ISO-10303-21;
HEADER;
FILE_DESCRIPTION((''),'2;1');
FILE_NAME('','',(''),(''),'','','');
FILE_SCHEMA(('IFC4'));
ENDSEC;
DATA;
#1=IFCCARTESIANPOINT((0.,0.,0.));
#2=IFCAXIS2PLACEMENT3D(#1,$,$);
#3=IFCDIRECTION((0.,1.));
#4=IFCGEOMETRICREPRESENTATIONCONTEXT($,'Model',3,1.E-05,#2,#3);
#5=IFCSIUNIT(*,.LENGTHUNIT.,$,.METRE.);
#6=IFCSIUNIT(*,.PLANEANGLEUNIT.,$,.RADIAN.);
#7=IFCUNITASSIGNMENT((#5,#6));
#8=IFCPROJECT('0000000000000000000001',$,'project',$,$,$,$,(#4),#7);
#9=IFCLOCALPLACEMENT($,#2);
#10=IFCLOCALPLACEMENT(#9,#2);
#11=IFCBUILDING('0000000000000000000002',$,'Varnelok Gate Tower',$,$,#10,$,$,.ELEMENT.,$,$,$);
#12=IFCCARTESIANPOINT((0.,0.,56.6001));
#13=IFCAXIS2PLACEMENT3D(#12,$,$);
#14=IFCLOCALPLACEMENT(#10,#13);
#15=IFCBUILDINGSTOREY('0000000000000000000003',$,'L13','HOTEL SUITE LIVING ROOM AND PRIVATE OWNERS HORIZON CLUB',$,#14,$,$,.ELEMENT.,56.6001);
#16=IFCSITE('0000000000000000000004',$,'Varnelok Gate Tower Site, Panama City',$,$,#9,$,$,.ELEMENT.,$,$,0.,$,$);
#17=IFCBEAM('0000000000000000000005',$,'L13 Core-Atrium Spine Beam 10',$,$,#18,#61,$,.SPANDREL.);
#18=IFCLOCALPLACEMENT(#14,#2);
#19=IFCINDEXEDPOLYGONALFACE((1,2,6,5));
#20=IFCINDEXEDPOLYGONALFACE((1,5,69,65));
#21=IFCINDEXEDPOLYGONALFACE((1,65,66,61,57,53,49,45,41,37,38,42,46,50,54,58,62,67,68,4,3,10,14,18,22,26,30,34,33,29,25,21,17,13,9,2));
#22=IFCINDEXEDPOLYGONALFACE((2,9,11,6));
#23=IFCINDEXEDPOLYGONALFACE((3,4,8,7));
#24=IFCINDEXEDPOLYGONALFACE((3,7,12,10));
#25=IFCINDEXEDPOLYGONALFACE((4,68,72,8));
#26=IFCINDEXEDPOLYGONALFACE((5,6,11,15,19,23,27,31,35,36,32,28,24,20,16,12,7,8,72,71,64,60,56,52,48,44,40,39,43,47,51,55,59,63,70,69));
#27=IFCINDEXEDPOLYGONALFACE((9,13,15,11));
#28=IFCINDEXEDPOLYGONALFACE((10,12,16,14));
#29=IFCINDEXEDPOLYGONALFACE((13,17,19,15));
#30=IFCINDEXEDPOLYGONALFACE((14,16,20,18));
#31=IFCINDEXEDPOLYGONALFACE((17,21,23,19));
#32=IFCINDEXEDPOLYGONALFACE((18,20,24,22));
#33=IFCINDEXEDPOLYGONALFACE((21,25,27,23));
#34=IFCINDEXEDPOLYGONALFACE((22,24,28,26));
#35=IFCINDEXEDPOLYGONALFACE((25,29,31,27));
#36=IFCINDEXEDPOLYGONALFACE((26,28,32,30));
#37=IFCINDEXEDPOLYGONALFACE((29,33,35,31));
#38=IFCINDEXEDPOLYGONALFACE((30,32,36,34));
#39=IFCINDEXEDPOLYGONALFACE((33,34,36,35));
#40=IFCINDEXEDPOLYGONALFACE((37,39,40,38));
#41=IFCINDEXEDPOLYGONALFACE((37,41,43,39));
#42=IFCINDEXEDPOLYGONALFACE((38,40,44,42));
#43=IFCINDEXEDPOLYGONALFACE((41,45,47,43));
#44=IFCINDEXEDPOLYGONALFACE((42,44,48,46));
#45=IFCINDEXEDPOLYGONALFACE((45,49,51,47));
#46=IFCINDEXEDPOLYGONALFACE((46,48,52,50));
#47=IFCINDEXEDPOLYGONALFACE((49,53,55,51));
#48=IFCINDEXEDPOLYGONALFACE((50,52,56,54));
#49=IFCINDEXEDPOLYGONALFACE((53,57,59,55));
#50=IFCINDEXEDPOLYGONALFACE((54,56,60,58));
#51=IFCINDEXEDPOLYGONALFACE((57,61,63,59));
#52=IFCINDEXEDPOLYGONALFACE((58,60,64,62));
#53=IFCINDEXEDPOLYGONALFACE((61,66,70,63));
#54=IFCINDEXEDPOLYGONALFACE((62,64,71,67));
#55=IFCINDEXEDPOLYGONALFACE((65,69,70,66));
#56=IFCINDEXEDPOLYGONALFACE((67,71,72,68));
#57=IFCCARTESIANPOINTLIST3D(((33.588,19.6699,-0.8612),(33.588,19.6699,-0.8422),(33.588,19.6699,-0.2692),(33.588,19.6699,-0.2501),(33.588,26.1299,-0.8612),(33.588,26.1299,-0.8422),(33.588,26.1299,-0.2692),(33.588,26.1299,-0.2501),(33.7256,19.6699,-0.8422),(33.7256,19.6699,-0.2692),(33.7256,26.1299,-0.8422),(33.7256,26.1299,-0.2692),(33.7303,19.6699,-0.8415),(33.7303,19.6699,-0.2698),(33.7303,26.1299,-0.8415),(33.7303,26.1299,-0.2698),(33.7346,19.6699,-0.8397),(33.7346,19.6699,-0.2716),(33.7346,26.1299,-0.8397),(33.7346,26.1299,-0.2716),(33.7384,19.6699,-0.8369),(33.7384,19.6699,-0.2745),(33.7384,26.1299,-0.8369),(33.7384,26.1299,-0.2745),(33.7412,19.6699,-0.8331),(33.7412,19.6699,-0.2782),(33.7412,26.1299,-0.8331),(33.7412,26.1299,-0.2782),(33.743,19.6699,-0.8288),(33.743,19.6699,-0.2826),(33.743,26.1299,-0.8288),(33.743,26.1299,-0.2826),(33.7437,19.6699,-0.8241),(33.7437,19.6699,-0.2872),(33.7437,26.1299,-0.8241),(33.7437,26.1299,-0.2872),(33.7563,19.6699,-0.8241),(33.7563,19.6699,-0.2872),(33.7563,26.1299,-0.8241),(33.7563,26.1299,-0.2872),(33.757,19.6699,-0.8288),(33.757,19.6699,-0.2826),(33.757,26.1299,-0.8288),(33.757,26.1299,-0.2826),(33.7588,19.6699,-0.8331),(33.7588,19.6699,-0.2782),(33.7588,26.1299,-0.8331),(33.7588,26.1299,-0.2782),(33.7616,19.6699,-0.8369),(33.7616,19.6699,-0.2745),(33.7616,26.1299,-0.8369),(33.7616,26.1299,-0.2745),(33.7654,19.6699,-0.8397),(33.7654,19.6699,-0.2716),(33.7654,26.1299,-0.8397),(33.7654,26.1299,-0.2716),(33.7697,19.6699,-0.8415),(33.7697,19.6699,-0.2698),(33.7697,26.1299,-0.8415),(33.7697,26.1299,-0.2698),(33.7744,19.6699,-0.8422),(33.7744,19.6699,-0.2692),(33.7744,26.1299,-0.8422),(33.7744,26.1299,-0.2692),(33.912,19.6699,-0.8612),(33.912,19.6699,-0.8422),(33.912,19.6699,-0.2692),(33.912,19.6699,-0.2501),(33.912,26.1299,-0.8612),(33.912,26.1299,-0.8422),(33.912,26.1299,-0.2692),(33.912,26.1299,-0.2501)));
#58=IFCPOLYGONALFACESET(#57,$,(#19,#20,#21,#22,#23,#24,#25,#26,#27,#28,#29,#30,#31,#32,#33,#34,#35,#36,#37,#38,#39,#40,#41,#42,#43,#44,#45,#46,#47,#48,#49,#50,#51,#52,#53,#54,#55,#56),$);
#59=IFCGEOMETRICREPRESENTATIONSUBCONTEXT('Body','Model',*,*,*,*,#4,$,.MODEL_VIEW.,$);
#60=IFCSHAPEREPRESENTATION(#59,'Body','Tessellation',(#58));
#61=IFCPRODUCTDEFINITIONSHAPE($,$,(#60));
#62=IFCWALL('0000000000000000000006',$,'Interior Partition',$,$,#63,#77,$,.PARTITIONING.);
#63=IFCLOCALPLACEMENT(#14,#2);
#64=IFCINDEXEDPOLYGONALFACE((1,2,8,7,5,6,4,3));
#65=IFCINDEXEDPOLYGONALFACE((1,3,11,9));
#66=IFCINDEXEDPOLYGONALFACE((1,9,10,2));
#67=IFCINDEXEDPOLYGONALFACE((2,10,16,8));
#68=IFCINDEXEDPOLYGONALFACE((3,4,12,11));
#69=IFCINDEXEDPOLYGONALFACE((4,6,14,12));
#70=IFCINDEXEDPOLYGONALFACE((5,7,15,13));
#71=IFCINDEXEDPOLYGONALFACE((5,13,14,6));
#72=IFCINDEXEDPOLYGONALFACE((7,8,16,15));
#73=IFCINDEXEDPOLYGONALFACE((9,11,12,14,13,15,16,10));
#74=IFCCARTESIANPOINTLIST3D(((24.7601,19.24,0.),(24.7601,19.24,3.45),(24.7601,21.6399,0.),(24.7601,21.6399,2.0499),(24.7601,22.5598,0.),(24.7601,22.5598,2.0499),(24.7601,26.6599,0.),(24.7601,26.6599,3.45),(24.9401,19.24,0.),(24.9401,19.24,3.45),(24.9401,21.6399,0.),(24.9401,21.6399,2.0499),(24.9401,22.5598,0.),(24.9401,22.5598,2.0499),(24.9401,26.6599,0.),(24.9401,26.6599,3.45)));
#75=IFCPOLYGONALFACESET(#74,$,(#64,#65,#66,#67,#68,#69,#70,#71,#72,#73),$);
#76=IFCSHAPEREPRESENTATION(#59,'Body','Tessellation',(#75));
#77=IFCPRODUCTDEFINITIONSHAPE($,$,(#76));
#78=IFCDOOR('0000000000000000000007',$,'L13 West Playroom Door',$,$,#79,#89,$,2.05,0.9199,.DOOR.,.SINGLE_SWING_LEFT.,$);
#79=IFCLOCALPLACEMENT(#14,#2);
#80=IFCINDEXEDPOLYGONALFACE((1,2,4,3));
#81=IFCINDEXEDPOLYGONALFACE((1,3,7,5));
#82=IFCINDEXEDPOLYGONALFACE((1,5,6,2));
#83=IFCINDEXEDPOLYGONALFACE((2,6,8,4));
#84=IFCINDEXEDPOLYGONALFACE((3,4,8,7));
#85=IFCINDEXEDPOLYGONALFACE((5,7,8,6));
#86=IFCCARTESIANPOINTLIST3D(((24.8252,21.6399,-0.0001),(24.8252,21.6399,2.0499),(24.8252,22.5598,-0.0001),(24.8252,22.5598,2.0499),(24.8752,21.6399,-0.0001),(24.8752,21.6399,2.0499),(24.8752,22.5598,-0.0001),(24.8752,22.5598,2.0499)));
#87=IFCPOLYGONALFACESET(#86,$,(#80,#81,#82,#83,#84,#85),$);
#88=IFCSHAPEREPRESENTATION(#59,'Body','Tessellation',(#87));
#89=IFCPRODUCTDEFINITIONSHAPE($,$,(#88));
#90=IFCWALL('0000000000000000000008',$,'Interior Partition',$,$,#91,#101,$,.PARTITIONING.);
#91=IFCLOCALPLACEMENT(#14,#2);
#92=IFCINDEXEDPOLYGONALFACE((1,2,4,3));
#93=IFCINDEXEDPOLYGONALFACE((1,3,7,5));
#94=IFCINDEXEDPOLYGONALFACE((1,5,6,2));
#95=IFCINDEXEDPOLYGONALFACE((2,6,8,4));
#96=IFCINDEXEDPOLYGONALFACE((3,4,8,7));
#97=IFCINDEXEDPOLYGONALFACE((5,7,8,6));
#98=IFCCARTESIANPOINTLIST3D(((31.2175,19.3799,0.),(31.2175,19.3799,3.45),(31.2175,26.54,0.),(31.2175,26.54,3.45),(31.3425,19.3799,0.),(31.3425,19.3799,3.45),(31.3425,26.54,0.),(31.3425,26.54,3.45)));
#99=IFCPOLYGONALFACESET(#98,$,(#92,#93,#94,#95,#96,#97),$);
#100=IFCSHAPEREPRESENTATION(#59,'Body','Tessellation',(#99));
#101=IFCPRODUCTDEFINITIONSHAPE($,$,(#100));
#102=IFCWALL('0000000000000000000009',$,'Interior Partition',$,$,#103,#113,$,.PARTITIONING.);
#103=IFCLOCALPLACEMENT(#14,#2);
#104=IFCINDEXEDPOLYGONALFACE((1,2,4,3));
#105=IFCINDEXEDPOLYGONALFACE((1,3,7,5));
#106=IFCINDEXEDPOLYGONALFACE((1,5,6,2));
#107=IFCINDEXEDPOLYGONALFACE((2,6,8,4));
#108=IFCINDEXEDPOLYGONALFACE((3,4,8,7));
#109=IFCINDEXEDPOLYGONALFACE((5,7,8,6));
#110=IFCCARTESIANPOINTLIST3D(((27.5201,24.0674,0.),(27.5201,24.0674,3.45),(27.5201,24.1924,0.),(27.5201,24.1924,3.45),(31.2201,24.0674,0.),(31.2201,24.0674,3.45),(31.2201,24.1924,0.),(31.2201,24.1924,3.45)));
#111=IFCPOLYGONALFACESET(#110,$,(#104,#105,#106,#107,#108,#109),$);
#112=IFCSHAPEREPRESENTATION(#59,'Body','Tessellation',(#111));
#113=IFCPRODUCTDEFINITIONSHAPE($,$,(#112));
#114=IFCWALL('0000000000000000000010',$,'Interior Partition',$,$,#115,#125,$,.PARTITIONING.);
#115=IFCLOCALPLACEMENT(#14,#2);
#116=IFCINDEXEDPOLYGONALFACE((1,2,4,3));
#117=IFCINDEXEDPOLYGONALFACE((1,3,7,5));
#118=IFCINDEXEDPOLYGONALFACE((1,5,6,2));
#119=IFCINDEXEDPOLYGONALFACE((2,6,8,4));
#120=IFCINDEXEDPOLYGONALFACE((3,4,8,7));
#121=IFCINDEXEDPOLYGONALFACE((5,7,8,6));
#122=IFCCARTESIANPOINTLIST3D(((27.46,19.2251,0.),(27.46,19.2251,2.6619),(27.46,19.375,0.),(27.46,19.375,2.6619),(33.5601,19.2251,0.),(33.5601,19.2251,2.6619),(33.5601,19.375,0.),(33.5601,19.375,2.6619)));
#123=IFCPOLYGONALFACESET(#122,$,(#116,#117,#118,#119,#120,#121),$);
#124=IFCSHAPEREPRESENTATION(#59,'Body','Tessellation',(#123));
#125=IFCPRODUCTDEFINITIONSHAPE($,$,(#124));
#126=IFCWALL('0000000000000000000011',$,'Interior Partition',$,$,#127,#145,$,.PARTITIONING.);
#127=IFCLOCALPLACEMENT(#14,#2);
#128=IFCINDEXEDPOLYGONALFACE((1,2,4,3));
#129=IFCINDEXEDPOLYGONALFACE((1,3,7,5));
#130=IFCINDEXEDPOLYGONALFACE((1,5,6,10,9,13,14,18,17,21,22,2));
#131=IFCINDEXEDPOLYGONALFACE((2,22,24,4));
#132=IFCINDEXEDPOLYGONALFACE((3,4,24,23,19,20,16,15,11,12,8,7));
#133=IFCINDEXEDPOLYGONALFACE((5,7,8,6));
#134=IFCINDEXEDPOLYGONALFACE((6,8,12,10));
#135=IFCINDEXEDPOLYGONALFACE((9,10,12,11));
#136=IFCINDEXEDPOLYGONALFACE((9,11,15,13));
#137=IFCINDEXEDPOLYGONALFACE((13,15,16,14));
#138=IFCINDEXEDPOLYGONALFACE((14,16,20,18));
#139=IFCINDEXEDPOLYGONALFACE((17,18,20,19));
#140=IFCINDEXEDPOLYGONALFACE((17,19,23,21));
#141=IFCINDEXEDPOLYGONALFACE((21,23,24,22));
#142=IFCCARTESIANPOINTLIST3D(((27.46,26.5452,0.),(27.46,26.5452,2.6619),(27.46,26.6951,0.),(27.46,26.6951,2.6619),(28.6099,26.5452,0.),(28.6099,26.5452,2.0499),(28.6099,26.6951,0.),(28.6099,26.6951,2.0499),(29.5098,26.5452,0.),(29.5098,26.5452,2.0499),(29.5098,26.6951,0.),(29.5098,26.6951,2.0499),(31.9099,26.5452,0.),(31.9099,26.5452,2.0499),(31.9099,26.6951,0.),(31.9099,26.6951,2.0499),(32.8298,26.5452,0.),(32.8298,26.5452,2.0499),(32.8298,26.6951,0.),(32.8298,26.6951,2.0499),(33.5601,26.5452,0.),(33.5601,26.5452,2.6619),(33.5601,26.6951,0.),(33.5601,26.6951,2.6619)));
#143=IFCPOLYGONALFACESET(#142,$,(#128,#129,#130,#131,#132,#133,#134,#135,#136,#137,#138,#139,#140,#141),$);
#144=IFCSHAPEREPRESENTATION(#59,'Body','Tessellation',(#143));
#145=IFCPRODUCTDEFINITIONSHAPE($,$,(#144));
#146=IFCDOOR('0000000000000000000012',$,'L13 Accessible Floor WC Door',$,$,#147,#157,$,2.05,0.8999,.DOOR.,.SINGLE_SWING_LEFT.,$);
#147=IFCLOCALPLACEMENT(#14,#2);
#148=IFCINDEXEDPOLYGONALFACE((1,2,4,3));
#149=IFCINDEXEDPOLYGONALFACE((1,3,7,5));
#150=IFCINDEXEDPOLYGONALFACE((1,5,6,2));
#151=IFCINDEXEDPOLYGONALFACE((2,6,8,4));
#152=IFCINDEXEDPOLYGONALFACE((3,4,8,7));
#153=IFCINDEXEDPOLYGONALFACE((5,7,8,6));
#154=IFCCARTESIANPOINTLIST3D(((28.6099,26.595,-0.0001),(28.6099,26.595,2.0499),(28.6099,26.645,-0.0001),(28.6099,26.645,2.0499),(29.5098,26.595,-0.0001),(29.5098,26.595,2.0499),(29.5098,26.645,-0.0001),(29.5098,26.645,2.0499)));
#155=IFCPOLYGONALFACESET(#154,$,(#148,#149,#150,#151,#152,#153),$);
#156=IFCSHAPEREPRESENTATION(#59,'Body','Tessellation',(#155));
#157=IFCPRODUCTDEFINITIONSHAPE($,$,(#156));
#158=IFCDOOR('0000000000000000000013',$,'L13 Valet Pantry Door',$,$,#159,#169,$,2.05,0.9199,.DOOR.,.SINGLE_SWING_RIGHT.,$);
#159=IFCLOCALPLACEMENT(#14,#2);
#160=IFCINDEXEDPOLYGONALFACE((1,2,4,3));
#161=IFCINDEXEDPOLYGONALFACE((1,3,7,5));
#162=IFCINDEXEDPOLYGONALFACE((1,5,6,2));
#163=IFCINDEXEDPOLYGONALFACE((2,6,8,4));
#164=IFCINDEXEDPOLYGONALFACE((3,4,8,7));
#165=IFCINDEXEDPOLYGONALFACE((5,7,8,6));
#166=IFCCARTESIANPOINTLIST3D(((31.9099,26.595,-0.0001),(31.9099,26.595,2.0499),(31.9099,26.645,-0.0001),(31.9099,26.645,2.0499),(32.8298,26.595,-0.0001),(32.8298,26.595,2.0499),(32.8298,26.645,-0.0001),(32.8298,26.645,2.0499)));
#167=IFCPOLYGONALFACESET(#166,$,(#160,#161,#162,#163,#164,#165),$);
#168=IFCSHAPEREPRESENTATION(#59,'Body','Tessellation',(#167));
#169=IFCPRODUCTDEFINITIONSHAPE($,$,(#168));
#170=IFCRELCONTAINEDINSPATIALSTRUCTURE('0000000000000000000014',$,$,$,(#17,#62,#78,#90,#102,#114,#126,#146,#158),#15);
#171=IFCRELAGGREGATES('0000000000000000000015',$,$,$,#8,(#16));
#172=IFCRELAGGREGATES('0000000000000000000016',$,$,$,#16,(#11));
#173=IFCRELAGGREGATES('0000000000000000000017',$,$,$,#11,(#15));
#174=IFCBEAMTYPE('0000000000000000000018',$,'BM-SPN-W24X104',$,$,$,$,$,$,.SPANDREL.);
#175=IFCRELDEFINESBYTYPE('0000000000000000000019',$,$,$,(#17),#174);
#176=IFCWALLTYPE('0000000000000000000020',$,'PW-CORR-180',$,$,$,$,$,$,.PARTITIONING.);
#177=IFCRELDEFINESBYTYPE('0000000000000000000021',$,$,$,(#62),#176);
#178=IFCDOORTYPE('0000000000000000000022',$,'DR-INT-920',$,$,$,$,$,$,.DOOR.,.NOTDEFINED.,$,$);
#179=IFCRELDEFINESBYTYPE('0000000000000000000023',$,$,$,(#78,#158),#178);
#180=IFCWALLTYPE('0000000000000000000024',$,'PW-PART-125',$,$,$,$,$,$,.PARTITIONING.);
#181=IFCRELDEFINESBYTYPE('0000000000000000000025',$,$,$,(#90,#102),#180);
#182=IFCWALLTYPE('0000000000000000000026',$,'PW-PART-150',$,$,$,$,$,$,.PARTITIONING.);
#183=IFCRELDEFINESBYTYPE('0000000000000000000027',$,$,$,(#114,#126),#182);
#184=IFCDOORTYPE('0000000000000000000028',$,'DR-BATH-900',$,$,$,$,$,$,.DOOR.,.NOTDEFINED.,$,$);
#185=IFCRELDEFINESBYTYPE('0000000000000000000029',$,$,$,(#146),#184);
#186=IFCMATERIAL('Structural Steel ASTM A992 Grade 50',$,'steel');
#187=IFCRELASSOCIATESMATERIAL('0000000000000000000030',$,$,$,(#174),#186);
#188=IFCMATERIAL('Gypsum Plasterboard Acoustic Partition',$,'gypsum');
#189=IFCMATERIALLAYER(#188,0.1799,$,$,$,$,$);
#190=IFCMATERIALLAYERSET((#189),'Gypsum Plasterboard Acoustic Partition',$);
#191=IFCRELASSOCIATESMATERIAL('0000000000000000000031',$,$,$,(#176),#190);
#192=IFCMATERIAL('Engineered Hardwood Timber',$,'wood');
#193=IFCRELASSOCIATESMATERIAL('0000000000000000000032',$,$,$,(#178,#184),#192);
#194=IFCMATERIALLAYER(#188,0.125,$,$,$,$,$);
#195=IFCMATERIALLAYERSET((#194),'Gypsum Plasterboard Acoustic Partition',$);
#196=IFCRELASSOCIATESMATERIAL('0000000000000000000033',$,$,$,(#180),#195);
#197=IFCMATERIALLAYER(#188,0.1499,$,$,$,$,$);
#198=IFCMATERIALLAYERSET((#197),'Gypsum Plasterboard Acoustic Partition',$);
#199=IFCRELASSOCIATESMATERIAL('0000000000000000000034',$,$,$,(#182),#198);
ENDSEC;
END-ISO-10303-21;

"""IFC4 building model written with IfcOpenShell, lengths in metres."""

from ifc_helpers import new_model, si_unit, direction, frame, frame_2d, origin, origin_2d, place, context, subcontext, project, spatial, rectangle, i_section, extrude, material, layer, layer_set, material_profile, profile_set, type_object, element, fill, save


model = new_model("IFC4")

# Units and contexts
model_context = context("Model", 3, precision=1e-05, world=origin(), true_north=direction((0.0, 1.0)))
body_context = subcontext(model_context, "Body", "Model", "MODEL_VIEW")
ifc_project = project(units=[si_unit("LENGTHUNIT", "METRE"), si_unit("PLANEANGLEUNIT", "RADIAN")], contexts=[model_context])

# Site, building, storey
site_placement = place(None, origin())
site = spatial("IfcSite", under=ifc_project, at=site_placement, Name="Varnelok Gate Tower Site, Panama City", CompositionType="ELEMENT", RefElevation=0.0)
building_placement = place(site_placement, origin())
building = spatial("IfcBuilding", under=site, at=building_placement, Name="Varnelok Gate Tower", CompositionType="ELEMENT")
storey_placement = place(building_placement, frame((0.0, 0.0, 56.6001)))
storey = spatial("IfcBuildingStorey", under=building, at=storey_placement, Name="L13", Description="HOTEL SUITE LIVING ROOM AND PRIVATE OWNERS HORIZON CLUB", CompositionType="ELEMENT", Elevation=56.6001)

# Shared definitions
ifc_material_1 = material(Name="Structural Steel ASTM A992 Grade 50", Category="steel")

# Beam
ifc_material_profile_1 = material_profile(ifc_material_1, i_section(OverallWidth=0.324, OverallDepth=0.6111, WebThickness=0.0127, FlangeThickness=0.019, FilletRadius=0.0181, at=origin_2d()), Name="W24X104")
ifc_profile_set_1 = profile_set([ifc_material_profile_1], Name="Structural Steel ASTM A992 Grade 50")
beam_type_1 = type_object("IfcBeamType", Name="BM-SPN-W24X104", PredefinedType="SPANDREL", material=ifc_profile_set_1)
beam_1_placement = place(storey_placement, frame((33.75, 19.6699, -0.5557), z_axis=(0.0, 1.0, 0.0), x_axis=(-1.0, 0.0, 0.0)))
element("IfcBeam", 1, at=beam_1_placement, inside=storey, type_object=beam_type_1, Name="L13 Core-Atrium Spine Beam 10", PredefinedType="SPANDREL", context=body_context, shape_type="SweptSolid", body=[
    extrude(i_section(OverallWidth=0.324, OverallDepth=0.6111, WebThickness=0.0127, FlangeThickness=0.019, FilletRadius=0.0181, at=origin_2d()), origin(), (0.0, 0.0, 1.0), 6.46),
])

# Wall, opening, door
ifc_material_2 = material(Name="Gypsum Plasterboard Acoustic Partition", Category="gypsum")
ifc_layer_1 = layer(ifc_material_2, 0.1799)
ifc_layer_set_1 = layer_set([ifc_layer_1], Name="Gypsum Plasterboard Acoustic Partition")
wall_type_1 = type_object("IfcWallType", Name="PW-CORR-180", PredefinedType="PARTITIONING", material=ifc_layer_set_1)
wall_1_placement = place(storey_placement, frame((24.8501, 19.24, 0.0), z_axis=(0.0, 0.0, 1.0), x_axis=(0.0, 1.0, 0.0)))
wall_1 = element("IfcWall", 2, at=wall_1_placement, inside=storey, type_object=wall_type_1, Name="Interior Partition", PredefinedType="PARTITIONING", context=body_context, shape_type="SweptSolid", body=[
    extrude(rectangle(XDim=7.4199, YDim=0.1799, at=frame_2d((3.71, 0.0))), origin(), (0.0, 0.0, 1.0), 3.45),
])
opening_1_placement = place(wall_1_placement, frame((2.3999, 0.0, 0.0)))
opening_1 = element("IfcOpeningElement", 3, at=opening_1_placement, cuts=wall_1, PredefinedType="OPENING", context=body_context, shape_type="SweptSolid", body=[
    extrude(rectangle(XDim=0.9199, YDim=2.05, at=frame_2d((0.46, 1.0249))), frame((0.0, 0.0999, 0.0), z_axis=(0.0, -1.0, 0.0), x_axis=(1.0, 0.0, 0.0)), (0.0, 0.0, 1.0), 0.2),
])
ifc_material_3 = material(Name="Engineered Hardwood Timber", Category="wood")
door_type_1 = type_object("IfcDoorType", Name="DR-INT-920", OperationType="NOTDEFINED", PredefinedType="DOOR", material=ifc_material_3)
door_1_placement = place(opening_1_placement, origin())
door_1 = element("IfcDoor", 4, at=door_1_placement, inside=storey, type_object=door_type_1, Name="L13 West Playroom Door", OperationType="SINGLE_SWING_LEFT", OverallHeight=2.05, OverallWidth=0.9199, PredefinedType="DOOR", context=body_context, shape_type="SweptSolid", body=[
    extrude(rectangle(XDim=0.9199, YDim=2.05, at=frame_2d((0.46, 1.0249))), frame((0.0, 0.0249, 0.0), z_axis=(0.0, -1.0, 0.0), x_axis=(1.0, 0.0, 0.0)), (0.0, 0.0, 1.0), 0.05),
])
fill(opening_1, door_1)

# Walls
ifc_layer_2 = layer(ifc_material_2, 0.125)
ifc_layer_set_2 = layer_set([ifc_layer_2], Name="Gypsum Plasterboard Acoustic Partition")
wall_type_2 = type_object("IfcWallType", Name="PW-PART-125", PredefinedType="PARTITIONING", material=ifc_layer_set_2)
wall_2_placement = place(storey_placement, frame((31.28, 19.3799, 0.0), z_axis=(0.0, 0.0, 1.0), x_axis=(0.0, 1.0, 0.0)))
element("IfcWall", 5, at=wall_2_placement, inside=storey, type_object=wall_type_2, Name="Interior Partition", PredefinedType="PARTITIONING", context=body_context, shape_type="SweptSolid", body=[
    extrude(rectangle(XDim=7.1602, YDim=0.125, at=frame_2d((3.5801, 0.0))), origin(), (0.0, 0.0, 1.0), 3.45),
])
wall_3_placement = place(storey_placement, frame((27.52, 24.1299, 0.0), z_axis=(0.0, 0.0, 1.0), x_axis=(1.0, 0.0, 0.0)))
element("IfcWall", 6, at=wall_3_placement, inside=storey, type_object=wall_type_2, Name="Interior Partition", PredefinedType="PARTITIONING", context=body_context, shape_type="SweptSolid", body=[
    extrude(rectangle(XDim=3.7, YDim=0.125, at=frame_2d((1.8501, 0.0))), origin(), (0.0, 0.0, 1.0), 3.45),
])
ifc_layer_3 = layer(ifc_material_2, 0.1499)
ifc_layer_set_3 = layer_set([ifc_layer_3], Name="Gypsum Plasterboard Acoustic Partition")
wall_type_3 = type_object("IfcWallType", Name="PW-PART-150", PredefinedType="PARTITIONING", material=ifc_layer_set_3)
wall_4_placement = place(storey_placement, frame((27.46, 19.3, 0.0), z_axis=(0.0, 0.0, 1.0), x_axis=(1.0, 0.0, 0.0)))
element("IfcWall", 7, at=wall_4_placement, inside=storey, type_object=wall_type_3, Name="Interior Partition", PredefinedType="PARTITIONING", context=body_context, shape_type="SweptSolid", body=[
    extrude(rectangle(XDim=6.1001, YDim=0.1499, at=frame_2d((3.05, 0.0))), origin(), (0.0, 0.0, 1.0), 2.6619),
])

# Wall, openings, doors
wall_5_placement = place(storey_placement, frame((27.46, 26.6201, 0.0), z_axis=(0.0, 0.0, 1.0), x_axis=(1.0, 0.0, 0.0)))
wall_5 = element("IfcWall", 8, at=wall_5_placement, inside=storey, type_object=wall_type_3, Name="Interior Partition", PredefinedType="PARTITIONING", context=body_context, shape_type="SweptSolid", body=[
    extrude(rectangle(XDim=6.1001, YDim=0.1499, at=frame_2d((3.05, 0.0))), origin(), (0.0, 0.0, 1.0), 2.6619),
])
opening_2_placement = place(wall_5_placement, frame((1.1499, 0.0, 0.0)))
opening_2 = element("IfcOpeningElement", 9, at=opening_2_placement, cuts=wall_5, PredefinedType="OPENING", context=body_context, shape_type="SweptSolid", body=[
    extrude(rectangle(XDim=0.8999, YDim=2.05, at=frame_2d((0.45, 1.0249))), frame((0.0, 0.085, 0.0), z_axis=(0.0, -1.0, 0.0), x_axis=(1.0, 0.0, 0.0)), (0.0, 0.0, 1.0), 0.1699),
])
opening_3_placement = place(wall_5_placement, frame((4.45, 0.0, 0.0)))
opening_3 = element("IfcOpeningElement", 10, at=opening_3_placement, cuts=wall_5, PredefinedType="OPENING", context=body_context, shape_type="SweptSolid", body=[
    extrude(rectangle(XDim=0.9199, YDim=2.05, at=frame_2d((0.46, 1.0249))), frame((0.0, 0.085, 0.0), z_axis=(0.0, -1.0, 0.0), x_axis=(1.0, 0.0, 0.0)), (0.0, 0.0, 1.0), 0.1699),
])
door_type_2 = type_object("IfcDoorType", Name="DR-BATH-900", OperationType="NOTDEFINED", PredefinedType="DOOR", material=ifc_material_3)
door_2_placement = place(opening_2_placement, origin())
door_2 = element("IfcDoor", 11, at=door_2_placement, inside=storey, type_object=door_type_2, Name="L13 Accessible Floor WC Door", OperationType="SINGLE_SWING_LEFT", OverallHeight=2.05, OverallWidth=0.8999, PredefinedType="DOOR", context=body_context, shape_type="SweptSolid", body=[
    extrude(rectangle(XDim=0.8999, YDim=2.05, at=frame_2d((0.45, 1.0249))), frame((0.0, 0.0249, 0.0), z_axis=(0.0, -1.0, 0.0), x_axis=(1.0, 0.0, 0.0)), (0.0, 0.0, 1.0), 0.05),
])
fill(opening_2, door_2)
door_3_placement = place(opening_3_placement, origin())
door_3 = element("IfcDoor", 12, at=door_3_placement, inside=storey, type_object=door_type_1, Name="L13 Valet Pantry Door", OperationType="SINGLE_SWING_RIGHT", OverallHeight=2.05, OverallWidth=0.9199, PredefinedType="DOOR", context=body_context, shape_type="SweptSolid", body=[
    extrude(rectangle(XDim=0.9199, YDim=2.05, at=frame_2d((0.46, 1.0249))), frame((0.0, 0.0249, 0.0), z_axis=(0.0, -1.0, 0.0), x_axis=(1.0, 0.0, 0.0)), (0.0, 0.0, 1.0), 0.05),
])
fill(opening_3, door_3)

save(model, "model.ifc")
